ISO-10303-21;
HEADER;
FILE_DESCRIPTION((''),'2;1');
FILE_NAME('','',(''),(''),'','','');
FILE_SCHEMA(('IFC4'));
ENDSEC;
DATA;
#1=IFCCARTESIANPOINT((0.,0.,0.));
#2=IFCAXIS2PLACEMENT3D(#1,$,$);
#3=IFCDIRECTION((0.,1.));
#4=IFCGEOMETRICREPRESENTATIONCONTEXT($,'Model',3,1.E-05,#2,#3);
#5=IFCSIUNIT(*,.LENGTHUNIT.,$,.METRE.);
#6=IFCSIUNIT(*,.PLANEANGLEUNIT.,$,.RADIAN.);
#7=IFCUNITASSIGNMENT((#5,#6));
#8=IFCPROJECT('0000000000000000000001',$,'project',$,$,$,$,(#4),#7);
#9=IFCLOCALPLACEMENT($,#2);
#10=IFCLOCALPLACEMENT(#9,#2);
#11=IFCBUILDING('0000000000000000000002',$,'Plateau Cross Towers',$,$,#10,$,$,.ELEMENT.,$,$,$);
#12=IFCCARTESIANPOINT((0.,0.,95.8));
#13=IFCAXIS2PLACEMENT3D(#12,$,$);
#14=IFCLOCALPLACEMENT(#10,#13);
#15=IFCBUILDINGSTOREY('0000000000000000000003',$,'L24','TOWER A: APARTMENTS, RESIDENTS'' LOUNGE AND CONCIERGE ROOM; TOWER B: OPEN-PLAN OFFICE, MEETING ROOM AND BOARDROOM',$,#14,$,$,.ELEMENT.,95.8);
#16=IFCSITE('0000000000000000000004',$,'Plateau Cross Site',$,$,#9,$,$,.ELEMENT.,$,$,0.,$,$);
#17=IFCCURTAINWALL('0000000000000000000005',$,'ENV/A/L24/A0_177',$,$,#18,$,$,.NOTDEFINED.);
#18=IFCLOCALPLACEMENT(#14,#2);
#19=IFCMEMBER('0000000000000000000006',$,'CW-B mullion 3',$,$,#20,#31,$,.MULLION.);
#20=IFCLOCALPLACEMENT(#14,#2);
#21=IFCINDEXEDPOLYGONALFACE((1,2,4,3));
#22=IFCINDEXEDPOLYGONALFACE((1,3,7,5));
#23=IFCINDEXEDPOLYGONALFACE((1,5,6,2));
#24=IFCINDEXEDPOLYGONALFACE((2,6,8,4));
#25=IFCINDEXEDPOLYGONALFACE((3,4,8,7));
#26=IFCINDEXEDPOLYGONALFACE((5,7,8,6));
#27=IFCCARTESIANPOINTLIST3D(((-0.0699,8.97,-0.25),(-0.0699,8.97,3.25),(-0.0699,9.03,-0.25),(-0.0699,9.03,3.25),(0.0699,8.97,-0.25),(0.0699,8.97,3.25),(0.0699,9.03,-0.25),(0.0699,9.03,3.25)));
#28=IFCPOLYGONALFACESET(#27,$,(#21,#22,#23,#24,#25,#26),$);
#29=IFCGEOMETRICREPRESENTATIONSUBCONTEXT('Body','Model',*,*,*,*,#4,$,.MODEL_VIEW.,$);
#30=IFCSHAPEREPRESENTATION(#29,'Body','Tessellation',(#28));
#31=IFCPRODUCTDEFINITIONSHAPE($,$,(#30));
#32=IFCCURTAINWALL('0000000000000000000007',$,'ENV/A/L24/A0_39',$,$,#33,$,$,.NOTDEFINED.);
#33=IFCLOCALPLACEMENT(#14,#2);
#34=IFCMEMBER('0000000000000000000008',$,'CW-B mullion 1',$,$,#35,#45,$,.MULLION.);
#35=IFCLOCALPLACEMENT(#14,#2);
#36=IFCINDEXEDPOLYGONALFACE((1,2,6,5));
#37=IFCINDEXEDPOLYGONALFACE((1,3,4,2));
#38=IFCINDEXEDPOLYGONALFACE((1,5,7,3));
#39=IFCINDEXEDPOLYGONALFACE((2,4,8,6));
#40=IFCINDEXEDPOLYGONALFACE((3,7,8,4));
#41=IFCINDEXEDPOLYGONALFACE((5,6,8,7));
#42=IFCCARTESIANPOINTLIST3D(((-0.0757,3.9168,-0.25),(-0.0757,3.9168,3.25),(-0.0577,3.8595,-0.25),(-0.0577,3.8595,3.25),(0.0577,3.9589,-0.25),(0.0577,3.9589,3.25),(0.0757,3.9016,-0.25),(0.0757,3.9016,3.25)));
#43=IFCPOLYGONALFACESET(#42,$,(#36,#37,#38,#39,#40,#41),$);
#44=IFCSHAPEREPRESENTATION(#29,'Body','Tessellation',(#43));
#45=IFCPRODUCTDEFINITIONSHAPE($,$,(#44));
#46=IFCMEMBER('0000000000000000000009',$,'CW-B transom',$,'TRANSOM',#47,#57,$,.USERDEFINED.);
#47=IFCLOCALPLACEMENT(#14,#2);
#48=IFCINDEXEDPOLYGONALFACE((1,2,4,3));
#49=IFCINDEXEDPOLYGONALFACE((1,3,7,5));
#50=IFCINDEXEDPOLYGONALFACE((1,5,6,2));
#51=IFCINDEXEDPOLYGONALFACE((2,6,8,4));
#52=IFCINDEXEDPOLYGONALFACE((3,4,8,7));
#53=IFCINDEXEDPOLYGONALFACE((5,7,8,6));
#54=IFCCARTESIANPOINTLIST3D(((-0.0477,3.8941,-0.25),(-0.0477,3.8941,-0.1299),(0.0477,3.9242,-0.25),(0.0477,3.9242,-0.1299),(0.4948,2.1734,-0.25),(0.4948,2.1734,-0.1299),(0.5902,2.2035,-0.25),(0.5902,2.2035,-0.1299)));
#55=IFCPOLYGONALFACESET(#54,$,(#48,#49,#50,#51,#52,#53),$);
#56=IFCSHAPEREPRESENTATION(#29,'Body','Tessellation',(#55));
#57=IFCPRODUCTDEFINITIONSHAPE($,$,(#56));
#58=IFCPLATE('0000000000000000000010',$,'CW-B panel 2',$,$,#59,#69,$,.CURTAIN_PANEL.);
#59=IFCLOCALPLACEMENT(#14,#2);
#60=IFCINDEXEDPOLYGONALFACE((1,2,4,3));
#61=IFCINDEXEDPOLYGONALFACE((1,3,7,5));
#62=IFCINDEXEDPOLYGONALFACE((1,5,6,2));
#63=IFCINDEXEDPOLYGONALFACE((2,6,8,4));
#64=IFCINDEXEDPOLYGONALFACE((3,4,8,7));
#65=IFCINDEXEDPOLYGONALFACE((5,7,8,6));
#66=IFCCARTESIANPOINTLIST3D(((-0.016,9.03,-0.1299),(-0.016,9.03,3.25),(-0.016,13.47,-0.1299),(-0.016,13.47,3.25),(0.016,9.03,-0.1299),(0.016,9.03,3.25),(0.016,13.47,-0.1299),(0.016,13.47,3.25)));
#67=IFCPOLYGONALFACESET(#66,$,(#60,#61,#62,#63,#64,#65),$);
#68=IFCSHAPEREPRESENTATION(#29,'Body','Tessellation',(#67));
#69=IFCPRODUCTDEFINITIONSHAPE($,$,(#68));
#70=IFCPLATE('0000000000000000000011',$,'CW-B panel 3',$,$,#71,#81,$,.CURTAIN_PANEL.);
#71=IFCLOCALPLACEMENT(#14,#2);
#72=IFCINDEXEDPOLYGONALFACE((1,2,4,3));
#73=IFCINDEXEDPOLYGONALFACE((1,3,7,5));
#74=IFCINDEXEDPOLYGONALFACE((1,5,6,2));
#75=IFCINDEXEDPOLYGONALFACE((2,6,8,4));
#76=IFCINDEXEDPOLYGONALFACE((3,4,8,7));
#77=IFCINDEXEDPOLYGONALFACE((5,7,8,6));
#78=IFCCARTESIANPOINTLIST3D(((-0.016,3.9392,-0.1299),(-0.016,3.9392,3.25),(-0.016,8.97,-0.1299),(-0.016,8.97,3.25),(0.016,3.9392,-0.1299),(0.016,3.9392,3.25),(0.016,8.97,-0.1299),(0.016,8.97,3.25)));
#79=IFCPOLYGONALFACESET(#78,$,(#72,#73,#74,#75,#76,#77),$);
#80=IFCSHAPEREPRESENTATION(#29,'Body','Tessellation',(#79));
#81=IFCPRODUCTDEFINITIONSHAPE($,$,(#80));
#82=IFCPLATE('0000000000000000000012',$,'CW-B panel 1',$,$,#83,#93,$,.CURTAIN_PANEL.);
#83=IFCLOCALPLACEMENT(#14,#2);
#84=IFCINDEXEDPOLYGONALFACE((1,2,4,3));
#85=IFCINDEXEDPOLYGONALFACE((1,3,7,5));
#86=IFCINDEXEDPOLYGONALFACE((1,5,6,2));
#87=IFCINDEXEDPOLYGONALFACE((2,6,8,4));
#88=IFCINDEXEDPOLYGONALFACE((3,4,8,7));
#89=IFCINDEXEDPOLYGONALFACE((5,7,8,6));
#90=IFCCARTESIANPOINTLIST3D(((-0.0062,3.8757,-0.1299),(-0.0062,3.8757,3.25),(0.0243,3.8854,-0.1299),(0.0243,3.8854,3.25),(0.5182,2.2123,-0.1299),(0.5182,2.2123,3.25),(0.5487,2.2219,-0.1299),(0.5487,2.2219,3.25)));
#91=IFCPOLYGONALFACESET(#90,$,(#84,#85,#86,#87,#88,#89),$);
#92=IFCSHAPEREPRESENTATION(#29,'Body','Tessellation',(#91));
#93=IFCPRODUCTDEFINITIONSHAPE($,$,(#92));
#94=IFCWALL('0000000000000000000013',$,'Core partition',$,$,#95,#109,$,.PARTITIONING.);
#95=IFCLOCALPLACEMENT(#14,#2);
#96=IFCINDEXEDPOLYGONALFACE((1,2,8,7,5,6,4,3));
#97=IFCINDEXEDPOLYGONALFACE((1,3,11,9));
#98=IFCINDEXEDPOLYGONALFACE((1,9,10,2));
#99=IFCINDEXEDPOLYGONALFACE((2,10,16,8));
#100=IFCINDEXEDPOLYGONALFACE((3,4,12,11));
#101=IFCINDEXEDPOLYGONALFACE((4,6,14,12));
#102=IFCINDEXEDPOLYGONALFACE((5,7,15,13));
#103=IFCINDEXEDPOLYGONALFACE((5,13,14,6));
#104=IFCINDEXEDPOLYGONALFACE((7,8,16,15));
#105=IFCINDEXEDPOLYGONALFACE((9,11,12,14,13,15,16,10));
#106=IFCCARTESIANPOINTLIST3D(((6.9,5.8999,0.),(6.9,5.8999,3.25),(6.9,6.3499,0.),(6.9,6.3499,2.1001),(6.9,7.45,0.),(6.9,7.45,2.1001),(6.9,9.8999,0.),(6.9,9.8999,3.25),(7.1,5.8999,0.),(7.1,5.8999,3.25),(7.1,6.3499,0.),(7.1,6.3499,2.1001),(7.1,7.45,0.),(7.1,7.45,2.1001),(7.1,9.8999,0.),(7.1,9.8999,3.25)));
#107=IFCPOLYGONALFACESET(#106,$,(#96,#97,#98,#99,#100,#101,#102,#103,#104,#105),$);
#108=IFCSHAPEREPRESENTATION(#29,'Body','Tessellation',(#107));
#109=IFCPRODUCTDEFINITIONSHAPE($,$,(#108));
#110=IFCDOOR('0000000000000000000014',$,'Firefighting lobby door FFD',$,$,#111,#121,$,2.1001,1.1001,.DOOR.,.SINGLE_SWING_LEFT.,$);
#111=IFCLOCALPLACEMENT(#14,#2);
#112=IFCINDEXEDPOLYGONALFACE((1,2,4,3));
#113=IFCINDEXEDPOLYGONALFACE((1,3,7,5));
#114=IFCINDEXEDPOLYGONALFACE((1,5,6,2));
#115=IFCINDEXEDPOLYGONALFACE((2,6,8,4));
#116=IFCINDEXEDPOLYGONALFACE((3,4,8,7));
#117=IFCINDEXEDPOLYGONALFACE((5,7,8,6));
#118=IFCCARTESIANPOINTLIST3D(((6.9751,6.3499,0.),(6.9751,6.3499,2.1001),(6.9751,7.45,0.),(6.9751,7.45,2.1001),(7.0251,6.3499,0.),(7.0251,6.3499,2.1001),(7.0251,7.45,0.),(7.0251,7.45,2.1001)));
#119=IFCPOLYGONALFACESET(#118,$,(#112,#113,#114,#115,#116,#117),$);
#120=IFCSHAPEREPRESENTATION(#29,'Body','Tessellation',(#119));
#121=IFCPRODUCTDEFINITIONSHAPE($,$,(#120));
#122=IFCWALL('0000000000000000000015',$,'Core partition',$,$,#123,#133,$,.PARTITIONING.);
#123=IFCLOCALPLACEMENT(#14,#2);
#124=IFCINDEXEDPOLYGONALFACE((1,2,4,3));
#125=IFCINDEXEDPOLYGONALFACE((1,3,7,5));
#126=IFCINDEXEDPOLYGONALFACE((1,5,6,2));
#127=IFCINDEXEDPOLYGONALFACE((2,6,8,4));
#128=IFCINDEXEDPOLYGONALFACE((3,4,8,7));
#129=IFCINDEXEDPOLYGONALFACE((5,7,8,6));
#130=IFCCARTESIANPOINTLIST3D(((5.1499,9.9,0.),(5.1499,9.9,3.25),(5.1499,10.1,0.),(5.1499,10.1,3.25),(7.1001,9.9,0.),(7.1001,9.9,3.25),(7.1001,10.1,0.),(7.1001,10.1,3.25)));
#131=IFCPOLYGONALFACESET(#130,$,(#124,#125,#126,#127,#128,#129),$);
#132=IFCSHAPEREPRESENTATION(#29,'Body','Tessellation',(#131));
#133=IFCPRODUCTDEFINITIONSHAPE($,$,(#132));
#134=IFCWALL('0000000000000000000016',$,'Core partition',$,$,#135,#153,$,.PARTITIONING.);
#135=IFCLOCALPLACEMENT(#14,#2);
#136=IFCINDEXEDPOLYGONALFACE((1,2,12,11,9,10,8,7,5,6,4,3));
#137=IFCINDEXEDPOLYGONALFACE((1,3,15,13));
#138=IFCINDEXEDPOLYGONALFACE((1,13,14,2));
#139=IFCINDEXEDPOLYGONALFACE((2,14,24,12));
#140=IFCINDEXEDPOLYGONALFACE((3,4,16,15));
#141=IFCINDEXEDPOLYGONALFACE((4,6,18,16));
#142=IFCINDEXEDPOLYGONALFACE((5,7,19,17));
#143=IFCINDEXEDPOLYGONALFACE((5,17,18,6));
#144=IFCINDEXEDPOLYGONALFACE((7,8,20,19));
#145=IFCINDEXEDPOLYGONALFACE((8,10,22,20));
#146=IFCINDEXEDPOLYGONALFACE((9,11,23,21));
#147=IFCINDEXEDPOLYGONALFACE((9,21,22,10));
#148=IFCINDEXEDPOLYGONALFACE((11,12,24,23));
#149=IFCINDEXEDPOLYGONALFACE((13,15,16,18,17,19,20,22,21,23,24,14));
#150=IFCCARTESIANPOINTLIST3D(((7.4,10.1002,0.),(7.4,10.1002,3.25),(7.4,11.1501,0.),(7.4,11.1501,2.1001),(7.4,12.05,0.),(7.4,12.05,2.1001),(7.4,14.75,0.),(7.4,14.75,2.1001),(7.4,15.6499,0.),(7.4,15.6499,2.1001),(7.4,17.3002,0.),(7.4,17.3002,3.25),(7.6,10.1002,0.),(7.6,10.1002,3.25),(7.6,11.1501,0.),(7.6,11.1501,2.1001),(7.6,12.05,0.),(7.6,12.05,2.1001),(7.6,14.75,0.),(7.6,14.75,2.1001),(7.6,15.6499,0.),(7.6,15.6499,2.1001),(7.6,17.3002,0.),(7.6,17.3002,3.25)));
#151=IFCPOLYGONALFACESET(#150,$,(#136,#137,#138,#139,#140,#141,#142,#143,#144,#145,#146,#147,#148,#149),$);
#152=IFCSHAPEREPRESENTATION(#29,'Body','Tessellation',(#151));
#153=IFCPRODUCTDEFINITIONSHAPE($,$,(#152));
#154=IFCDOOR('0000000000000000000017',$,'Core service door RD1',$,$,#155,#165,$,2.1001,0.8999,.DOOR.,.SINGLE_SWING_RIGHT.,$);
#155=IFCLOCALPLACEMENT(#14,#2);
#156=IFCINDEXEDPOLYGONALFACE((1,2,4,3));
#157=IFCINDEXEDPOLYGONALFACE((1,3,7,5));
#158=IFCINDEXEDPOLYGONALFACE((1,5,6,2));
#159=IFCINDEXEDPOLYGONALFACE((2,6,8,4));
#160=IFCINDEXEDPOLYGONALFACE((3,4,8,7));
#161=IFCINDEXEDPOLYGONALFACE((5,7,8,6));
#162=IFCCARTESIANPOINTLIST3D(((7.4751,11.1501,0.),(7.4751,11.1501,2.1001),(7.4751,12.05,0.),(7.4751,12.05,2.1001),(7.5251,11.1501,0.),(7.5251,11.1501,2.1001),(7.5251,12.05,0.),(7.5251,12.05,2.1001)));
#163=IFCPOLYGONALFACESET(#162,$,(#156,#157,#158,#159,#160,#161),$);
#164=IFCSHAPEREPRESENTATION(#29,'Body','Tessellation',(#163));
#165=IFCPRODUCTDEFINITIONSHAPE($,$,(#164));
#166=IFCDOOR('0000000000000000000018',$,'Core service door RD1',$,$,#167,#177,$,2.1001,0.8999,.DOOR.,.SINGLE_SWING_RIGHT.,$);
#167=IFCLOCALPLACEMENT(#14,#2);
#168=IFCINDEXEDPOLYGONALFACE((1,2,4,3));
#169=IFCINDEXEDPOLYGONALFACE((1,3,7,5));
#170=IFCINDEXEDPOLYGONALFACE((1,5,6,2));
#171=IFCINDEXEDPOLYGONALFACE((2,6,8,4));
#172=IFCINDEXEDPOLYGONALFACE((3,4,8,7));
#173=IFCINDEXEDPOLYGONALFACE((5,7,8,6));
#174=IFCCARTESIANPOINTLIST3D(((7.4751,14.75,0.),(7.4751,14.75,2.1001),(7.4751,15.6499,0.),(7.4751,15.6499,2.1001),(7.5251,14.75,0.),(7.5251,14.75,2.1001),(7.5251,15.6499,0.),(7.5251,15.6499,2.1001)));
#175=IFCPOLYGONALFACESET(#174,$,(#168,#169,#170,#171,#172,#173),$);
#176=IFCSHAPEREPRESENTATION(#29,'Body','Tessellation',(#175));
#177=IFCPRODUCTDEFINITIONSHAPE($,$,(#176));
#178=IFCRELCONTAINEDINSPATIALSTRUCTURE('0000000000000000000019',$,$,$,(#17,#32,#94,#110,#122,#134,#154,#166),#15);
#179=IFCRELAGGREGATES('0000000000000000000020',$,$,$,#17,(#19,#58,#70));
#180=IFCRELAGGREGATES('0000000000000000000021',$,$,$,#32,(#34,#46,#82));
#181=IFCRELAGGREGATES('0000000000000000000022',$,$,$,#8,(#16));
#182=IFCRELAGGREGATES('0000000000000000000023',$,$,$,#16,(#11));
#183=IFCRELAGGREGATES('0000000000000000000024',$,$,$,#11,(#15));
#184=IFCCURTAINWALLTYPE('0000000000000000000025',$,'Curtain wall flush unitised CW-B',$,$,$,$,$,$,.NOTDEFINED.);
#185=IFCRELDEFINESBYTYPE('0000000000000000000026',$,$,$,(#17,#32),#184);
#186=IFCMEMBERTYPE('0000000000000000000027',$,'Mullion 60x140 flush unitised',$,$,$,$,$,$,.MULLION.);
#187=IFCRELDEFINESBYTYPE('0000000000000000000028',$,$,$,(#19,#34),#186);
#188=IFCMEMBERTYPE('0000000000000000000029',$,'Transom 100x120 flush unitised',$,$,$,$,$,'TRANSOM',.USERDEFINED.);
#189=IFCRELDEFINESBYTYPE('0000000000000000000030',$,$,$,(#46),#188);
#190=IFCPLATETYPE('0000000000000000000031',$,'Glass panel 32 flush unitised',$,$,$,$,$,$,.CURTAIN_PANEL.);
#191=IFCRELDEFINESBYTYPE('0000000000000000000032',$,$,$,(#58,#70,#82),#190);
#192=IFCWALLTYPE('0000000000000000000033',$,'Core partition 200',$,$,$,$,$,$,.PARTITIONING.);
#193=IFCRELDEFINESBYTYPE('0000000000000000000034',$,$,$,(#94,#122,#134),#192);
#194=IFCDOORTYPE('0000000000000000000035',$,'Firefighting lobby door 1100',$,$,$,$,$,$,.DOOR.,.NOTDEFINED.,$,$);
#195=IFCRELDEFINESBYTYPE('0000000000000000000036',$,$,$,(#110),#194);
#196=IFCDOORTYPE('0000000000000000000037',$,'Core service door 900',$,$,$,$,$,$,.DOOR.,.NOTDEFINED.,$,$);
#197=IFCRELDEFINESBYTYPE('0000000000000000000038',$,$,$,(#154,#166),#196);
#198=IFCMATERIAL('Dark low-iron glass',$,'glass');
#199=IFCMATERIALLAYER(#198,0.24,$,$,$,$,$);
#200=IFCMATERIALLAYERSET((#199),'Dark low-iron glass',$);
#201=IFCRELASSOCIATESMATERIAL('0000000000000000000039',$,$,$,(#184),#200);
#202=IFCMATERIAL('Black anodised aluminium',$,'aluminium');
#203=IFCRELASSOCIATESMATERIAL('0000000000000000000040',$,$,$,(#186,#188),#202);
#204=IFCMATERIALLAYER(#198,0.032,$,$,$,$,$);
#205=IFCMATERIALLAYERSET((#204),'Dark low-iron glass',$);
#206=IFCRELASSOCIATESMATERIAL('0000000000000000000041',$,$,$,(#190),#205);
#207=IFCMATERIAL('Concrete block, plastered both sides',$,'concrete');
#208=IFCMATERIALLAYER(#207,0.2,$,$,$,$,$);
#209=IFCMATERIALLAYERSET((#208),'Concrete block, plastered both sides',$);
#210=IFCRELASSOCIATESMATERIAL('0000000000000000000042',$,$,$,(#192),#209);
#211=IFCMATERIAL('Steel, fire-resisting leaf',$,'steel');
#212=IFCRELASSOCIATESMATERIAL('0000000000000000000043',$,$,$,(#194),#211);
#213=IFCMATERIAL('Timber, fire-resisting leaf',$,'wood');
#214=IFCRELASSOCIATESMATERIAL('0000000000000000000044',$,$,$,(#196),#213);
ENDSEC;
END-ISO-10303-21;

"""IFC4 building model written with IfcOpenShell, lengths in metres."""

from ifc_helpers import new_model, si_unit, direction, frame, frame_2d, origin, origin_2d, place, context, subcontext, project, spatial, rectangle, extrude, material, layer, layer_set, material_profile, profile_set, type_object, element, fill, aggregate, save


model = new_model("IFC4")

# Units and contexts
model_context = context("Model", 3, precision=1e-05, world=origin(), true_north=direction((0.0, 1.0)))
body_context = subcontext(model_context, "Body", "Model", "MODEL_VIEW")
ifc_project = project(units=[si_unit("LENGTHUNIT", "METRE"), si_unit("PLANEANGLEUNIT", "RADIAN")], contexts=[model_context])

# Site, building, storey
site_placement = place(None, origin())
site = spatial("IfcSite", under=ifc_project, at=site_placement, Name="Plateau Cross Site", CompositionType="ELEMENT", RefElevation=0.0)
building_placement = place(site_placement, origin())
building = spatial("IfcBuilding", under=site, at=building_placement, Name="Plateau Cross Towers", CompositionType="ELEMENT")
storey_placement = place(building_placement, frame((0.0, 0.0, 95.8)))
storey = spatial("IfcBuildingStorey", under=building, at=storey_placement, Name="L24", Description="TOWER A: APARTMENTS, RESIDENTS' LOUNGE AND CONCIERGE ROOM; TOWER B: OPEN-PLAN OFFICE, MEETING ROOM AND BOARDROOM", CompositionType="ELEMENT", Elevation=95.8)

# Curtain wall, member
ifc_material_1 = material(Name="Dark low-iron glass", Category="glass")
ifc_layer_1 = layer(ifc_material_1, 0.24)
ifc_layer_set_1 = layer_set([ifc_layer_1], Name="Dark low-iron glass")
curtain_wall_type = type_object("IfcCurtainWallType", Name="Curtain wall flush unitised CW-B", PredefinedType="NOTDEFINED", material=ifc_layer_set_1)
curtain_wall_1_placement = place(storey_placement, origin())
curtain_wall_1 = element("IfcCurtainWall", 1, at=curtain_wall_1_placement, inside=storey, type_object=curtain_wall_type, Name="ENV/A/L24/A0_177", PredefinedType="NOTDEFINED")
ifc_material_2 = material(Name="Black anodised aluminium", Category="aluminium")
ifc_material_profile_1 = material_profile(ifc_material_2, rectangle(XDim=0.0601, YDim=0.1399, at=origin_2d()), Name="MULLION 60x140")
ifc_profile_set_1 = profile_set([ifc_material_profile_1], Name="Black anodised aluminium")
member_type_1 = type_object("IfcMemberType", Name="Mullion 60x140 flush unitised", PredefinedType="MULLION", material=ifc_profile_set_1)
member_1_placement = place(storey_placement, frame((0.0, 9.0, -0.25), z_axis=(0.0, 0.0, 1.0), x_axis=(0.0, -1.0, 0.0)))
member_1 = element("IfcMember", 2, at=member_1_placement, type_object=member_type_1, Name="CW-B mullion 3", PredefinedType="MULLION", context=body_context, shape_type="SweptSolid", body=[
    extrude(rectangle(XDim=0.0601, YDim=0.1399, at=origin_2d()), origin(), (0.0, 0.0, 1.0), 3.5),
])

# Curtain wall, members
curtain_wall_2_placement = place(storey_placement, origin())
curtain_wall_2 = element("IfcCurtainWall", 3, at=curtain_wall_2_placement, inside=storey, type_object=curtain_wall_type, Name="ENV/A/L24/A0_39", PredefinedType="NOTDEFINED")
member_2_placement = place(storey_placement, frame((0.0, 3.9092, -0.25), z_axis=(0.0, 0.0, 1.0), x_axis=(0.300686, -0.953723, 0.0)))
member_2 = element("IfcMember", 4, at=member_2_placement, type_object=member_type_1, Name="CW-B mullion 1", PredefinedType="MULLION", context=body_context, shape_type="SweptSolid", body=[
    extrude(rectangle(XDim=0.0601, YDim=0.1399, at=origin_2d()), origin(), (0.0, 0.0, 1.0), 3.5),
])
ifc_material_profile_2 = material_profile(ifc_material_2, rectangle(XDim=0.1001, YDim=0.1201, at=origin_2d()), Name="TRANSOM 100x120")
ifc_profile_set_2 = profile_set([ifc_material_profile_2], Name="Black anodised aluminium")
member_type_2 = type_object("IfcMemberType", Name="Transom 100x120 flush unitised", ElementType="TRANSOM", PredefinedType="USERDEFINED", material=ifc_profile_set_2)
member_3_placement = place(storey_placement, frame((0.0, 3.9092, -0.1899), z_axis=(0.300678, -0.953726, 0.0), x_axis=(0.953726, 0.300678, 0.0)))
member_3 = element("IfcMember", 5, at=member_3_placement, type_object=member_type_2, Name="CW-B transom", ObjectType="TRANSOM", PredefinedType="USERDEFINED", context=body_context, shape_type="SweptSolid", body=[
    extrude(rectangle(XDim=0.1001, YDim=0.1201, at=origin_2d()), origin(), (0.0, 0.0, 1.0), 1.8042),
])

# Plates
ifc_layer_2 = layer(ifc_material_1, 0.032)
ifc_layer_set_2 = layer_set([ifc_layer_2], Name="Dark low-iron glass")
plate_type = type_object("IfcPlateType", Name="Glass panel 32 flush unitised", PredefinedType="CURTAIN_PANEL", material=ifc_layer_set_2)
plate_1_placement = place(storey_placement, frame((0.0, 11.25, -0.1299), z_axis=(0.0, 0.0, 1.0), x_axis=(0.0, -1.0, 0.0)))
plate_1 = element("IfcPlate", 6, at=plate_1_placement, type_object=plate_type, Name="CW-B panel 2", PredefinedType="CURTAIN_PANEL", context=body_context, shape_type="SweptSolid", body=[
    extrude(rectangle(XDim=4.4399, YDim=0.032, at=origin_2d()), origin(), (0.0, 0.0, 1.0), 3.3799),
])
plate_2_placement = place(storey_placement, frame((0.0, 6.4546, -0.1299), z_axis=(0.0, 0.0, 1.0), x_axis=(0.0, -1.0, 0.0)))
plate_2 = element("IfcPlate", 7, at=plate_2_placement, type_object=plate_type, Name="CW-B panel 3", PredefinedType="CURTAIN_PANEL", context=body_context, shape_type="SweptSolid", body=[
    extrude(rectangle(XDim=5.0308, YDim=0.032, at=origin_2d()), origin(), (0.0, 0.0, 1.0), 3.3799),
])
aggregate(curtain_wall_1, [member_1, plate_1, plate_2])
plate_3_placement = place(storey_placement, frame((0.2712, 3.0488, -0.1299), z_axis=(0.0, 0.0, 1.0), x_axis=(0.300686, -0.953723, 0.0)))
plate_3 = element("IfcPlate", 8, at=plate_3_placement, type_object=plate_type, Name="CW-B panel 1", PredefinedType="CURTAIN_PANEL", context=body_context, shape_type="SweptSolid", body=[
    extrude(rectangle(XDim=1.7441, YDim=0.032, at=origin_2d()), origin(), (0.0, 0.0, 1.0), 3.3799),
])
aggregate(curtain_wall_2, [member_2, member_3, plate_3])

# Wall, opening, door
ifc_material_3 = material(Name="Concrete block, plastered both sides", Category="concrete")
ifc_layer_3 = layer(ifc_material_3, 0.2)
ifc_layer_set_3 = layer_set([ifc_layer_3], Name="Concrete block, plastered both sides")
wall_type_1 = type_object("IfcWallType", Name="Core partition 200", PredefinedType="PARTITIONING", material=ifc_layer_set_3)
wall_1_placement = place(storey_placement, frame((7.0, 5.8999, 0.0), z_axis=(0.0, 0.0, 1.0), x_axis=(0.0, 1.0, 0.0)))
wall_1 = element("IfcWall", 9, at=wall_1_placement, inside=storey, type_object=wall_type_1, Name="Core partition", PredefinedType="PARTITIONING", context=body_context, shape_type="SweptSolid", body=[
    extrude(rectangle(XDim=4.0, YDim=0.2, at=frame_2d((2.0, 0.0))), origin(), (0.0, 0.0, 1.0), 3.25),
])
opening_1_placement = place(wall_1_placement, frame((0.45, 0.0, 0.0)))
opening_1 = element("IfcOpeningElement", 10, at=opening_1_placement, cuts=wall_1, PredefinedType="OPENING", context=body_context, shape_type="SweptSolid", body=[
    extrude(rectangle(XDim=1.1001, YDim=2.1001, at=frame_2d((0.55, 1.05))), frame((0.0, 0.1099, 0.0), z_axis=(0.0, -1.0, 0.0), x_axis=(1.0, 0.0, 0.0)), (0.0, 0.0, 1.0), 0.22),
])
ifc_material_4 = material(Name="Steel, fire-resisting leaf", Category="steel")
door_type_1 = type_object("IfcDoorType", Name="Firefighting lobby door 1100", OperationType="NOTDEFINED", PredefinedType="DOOR", material=ifc_material_4)
door_1_placement = place(opening_1_placement, origin())
door_1 = element("IfcDoor", 11, at=door_1_placement, inside=storey, type_object=door_type_1, Name="Firefighting lobby door FFD", OperationType="SINGLE_SWING_LEFT", OverallHeight=2.1001, OverallWidth=1.1001, PredefinedType="DOOR", context=body_context, shape_type="SweptSolid", body=[
    extrude(rectangle(XDim=1.1001, YDim=2.1001, at=frame_2d((0.55, 1.05))), frame((0.0, 0.0249, 0.0), z_axis=(0.0, -1.0, 0.0), x_axis=(1.0, 0.0, 0.0)), (0.0, 0.0, 1.0), 0.05),
])
fill(opening_1, door_1)

# Wall
wall_2_placement = place(storey_placement, frame((5.1499, 10.0, 0.0), z_axis=(0.0, 0.0, 1.0), x_axis=(1.0, 0.0, 0.0)))
element("IfcWall", 12, at=wall_2_placement, inside=storey, type_object=wall_type_1, Name="Core partition", PredefinedType="PARTITIONING", context=body_context, shape_type="SweptSolid", body=[
    extrude(rectangle(XDim=1.9502, YDim=0.2, at=frame_2d((0.9751, 0.0))), origin(), (0.0, 0.0, 1.0), 3.25),
])

# Wall, openings, doors
wall_3_placement = place(storey_placement, frame((7.5, 10.1001, 0.0), z_axis=(0.0, 0.0, 1.0), x_axis=(0.0, 1.0, 0.0)))
wall_3 = element("IfcWall", 13, at=wall_3_placement, inside=storey, type_object=wall_type_1, Name="Core partition", PredefinedType="PARTITIONING", context=body_context, shape_type="SweptSolid", body=[
    extrude(rectangle(XDim=7.2, YDim=0.2, at=frame_2d((3.6001, 0.0))), origin(), (0.0, 0.0, 1.0), 3.25),
])
opening_2_placement = place(wall_3_placement, frame((1.05, 0.0, 0.0)))
opening_2 = element("IfcOpeningElement", 14, at=opening_2_placement, cuts=wall_3, PredefinedType="OPENING", context=body_context, shape_type="SweptSolid", body=[
    extrude(rectangle(XDim=0.8999, YDim=2.1001, at=frame_2d((0.45, 1.05))), frame((0.0, 0.1099, 0.0), z_axis=(0.0, -1.0, 0.0), x_axis=(1.0, 0.0, 0.0)), (0.0, 0.0, 1.0), 0.22),
])
opening_3_placement = place(wall_3_placement, frame((4.6499, 0.0, 0.0)))
opening_3 = element("IfcOpeningElement", 15, at=opening_3_placement, cuts=wall_3, PredefinedType="OPENING", context=body_context, shape_type="SweptSolid", body=[
    extrude(rectangle(XDim=0.8999, YDim=2.1001, at=frame_2d((0.45, 1.05))), frame((0.0, 0.1099, 0.0), z_axis=(0.0, -1.0, 0.0), x_axis=(1.0, 0.0, 0.0)), (0.0, 0.0, 1.0), 0.22),
])
ifc_material_5 = material(Name="Timber, fire-resisting leaf", Category="wood")
door_type_2 = type_object("IfcDoorType", Name="Core service door 900", OperationType="NOTDEFINED", PredefinedType="DOOR", material=ifc_material_5)
door_2_placement = place(opening_2_placement, origin())
door_2 = element("IfcDoor", 16, at=door_2_placement, inside=storey, type_object=door_type_2, Name="Core service door RD1", OperationType="SINGLE_SWING_RIGHT", OverallHeight=2.1001, OverallWidth=0.8999, PredefinedType="DOOR", context=body_context, shape_type="SweptSolid", body=[
    extrude(rectangle(XDim=0.8999, YDim=2.1001, at=frame_2d((0.45, 1.05))), frame((0.0, 0.0249, 0.0), z_axis=(0.0, -1.0, 0.0), x_axis=(1.0, 0.0, 0.0)), (0.0, 0.0, 1.0), 0.05),
])
fill(opening_2, door_2)
door_3_placement = place(opening_3_placement, origin())
door_3 = element("IfcDoor", 17, at=door_3_placement, inside=storey, type_object=door_type_2, Name="Core service door RD1", OperationType="SINGLE_SWING_RIGHT", OverallHeight=2.1001, OverallWidth=0.8999, PredefinedType="DOOR", context=body_context, shape_type="SweptSolid", body=[
    extrude(rectangle(XDim=0.8999, YDim=2.1001, at=frame_2d((0.45, 1.05))), frame((0.0, 0.0249, 0.0), z_axis=(0.0, -1.0, 0.0), x_axis=(1.0, 0.0, 0.0)), (0.0, 0.0, 1.0), 0.05),
])
fill(opening_3, door_3)

save(model, "model.ifc")
